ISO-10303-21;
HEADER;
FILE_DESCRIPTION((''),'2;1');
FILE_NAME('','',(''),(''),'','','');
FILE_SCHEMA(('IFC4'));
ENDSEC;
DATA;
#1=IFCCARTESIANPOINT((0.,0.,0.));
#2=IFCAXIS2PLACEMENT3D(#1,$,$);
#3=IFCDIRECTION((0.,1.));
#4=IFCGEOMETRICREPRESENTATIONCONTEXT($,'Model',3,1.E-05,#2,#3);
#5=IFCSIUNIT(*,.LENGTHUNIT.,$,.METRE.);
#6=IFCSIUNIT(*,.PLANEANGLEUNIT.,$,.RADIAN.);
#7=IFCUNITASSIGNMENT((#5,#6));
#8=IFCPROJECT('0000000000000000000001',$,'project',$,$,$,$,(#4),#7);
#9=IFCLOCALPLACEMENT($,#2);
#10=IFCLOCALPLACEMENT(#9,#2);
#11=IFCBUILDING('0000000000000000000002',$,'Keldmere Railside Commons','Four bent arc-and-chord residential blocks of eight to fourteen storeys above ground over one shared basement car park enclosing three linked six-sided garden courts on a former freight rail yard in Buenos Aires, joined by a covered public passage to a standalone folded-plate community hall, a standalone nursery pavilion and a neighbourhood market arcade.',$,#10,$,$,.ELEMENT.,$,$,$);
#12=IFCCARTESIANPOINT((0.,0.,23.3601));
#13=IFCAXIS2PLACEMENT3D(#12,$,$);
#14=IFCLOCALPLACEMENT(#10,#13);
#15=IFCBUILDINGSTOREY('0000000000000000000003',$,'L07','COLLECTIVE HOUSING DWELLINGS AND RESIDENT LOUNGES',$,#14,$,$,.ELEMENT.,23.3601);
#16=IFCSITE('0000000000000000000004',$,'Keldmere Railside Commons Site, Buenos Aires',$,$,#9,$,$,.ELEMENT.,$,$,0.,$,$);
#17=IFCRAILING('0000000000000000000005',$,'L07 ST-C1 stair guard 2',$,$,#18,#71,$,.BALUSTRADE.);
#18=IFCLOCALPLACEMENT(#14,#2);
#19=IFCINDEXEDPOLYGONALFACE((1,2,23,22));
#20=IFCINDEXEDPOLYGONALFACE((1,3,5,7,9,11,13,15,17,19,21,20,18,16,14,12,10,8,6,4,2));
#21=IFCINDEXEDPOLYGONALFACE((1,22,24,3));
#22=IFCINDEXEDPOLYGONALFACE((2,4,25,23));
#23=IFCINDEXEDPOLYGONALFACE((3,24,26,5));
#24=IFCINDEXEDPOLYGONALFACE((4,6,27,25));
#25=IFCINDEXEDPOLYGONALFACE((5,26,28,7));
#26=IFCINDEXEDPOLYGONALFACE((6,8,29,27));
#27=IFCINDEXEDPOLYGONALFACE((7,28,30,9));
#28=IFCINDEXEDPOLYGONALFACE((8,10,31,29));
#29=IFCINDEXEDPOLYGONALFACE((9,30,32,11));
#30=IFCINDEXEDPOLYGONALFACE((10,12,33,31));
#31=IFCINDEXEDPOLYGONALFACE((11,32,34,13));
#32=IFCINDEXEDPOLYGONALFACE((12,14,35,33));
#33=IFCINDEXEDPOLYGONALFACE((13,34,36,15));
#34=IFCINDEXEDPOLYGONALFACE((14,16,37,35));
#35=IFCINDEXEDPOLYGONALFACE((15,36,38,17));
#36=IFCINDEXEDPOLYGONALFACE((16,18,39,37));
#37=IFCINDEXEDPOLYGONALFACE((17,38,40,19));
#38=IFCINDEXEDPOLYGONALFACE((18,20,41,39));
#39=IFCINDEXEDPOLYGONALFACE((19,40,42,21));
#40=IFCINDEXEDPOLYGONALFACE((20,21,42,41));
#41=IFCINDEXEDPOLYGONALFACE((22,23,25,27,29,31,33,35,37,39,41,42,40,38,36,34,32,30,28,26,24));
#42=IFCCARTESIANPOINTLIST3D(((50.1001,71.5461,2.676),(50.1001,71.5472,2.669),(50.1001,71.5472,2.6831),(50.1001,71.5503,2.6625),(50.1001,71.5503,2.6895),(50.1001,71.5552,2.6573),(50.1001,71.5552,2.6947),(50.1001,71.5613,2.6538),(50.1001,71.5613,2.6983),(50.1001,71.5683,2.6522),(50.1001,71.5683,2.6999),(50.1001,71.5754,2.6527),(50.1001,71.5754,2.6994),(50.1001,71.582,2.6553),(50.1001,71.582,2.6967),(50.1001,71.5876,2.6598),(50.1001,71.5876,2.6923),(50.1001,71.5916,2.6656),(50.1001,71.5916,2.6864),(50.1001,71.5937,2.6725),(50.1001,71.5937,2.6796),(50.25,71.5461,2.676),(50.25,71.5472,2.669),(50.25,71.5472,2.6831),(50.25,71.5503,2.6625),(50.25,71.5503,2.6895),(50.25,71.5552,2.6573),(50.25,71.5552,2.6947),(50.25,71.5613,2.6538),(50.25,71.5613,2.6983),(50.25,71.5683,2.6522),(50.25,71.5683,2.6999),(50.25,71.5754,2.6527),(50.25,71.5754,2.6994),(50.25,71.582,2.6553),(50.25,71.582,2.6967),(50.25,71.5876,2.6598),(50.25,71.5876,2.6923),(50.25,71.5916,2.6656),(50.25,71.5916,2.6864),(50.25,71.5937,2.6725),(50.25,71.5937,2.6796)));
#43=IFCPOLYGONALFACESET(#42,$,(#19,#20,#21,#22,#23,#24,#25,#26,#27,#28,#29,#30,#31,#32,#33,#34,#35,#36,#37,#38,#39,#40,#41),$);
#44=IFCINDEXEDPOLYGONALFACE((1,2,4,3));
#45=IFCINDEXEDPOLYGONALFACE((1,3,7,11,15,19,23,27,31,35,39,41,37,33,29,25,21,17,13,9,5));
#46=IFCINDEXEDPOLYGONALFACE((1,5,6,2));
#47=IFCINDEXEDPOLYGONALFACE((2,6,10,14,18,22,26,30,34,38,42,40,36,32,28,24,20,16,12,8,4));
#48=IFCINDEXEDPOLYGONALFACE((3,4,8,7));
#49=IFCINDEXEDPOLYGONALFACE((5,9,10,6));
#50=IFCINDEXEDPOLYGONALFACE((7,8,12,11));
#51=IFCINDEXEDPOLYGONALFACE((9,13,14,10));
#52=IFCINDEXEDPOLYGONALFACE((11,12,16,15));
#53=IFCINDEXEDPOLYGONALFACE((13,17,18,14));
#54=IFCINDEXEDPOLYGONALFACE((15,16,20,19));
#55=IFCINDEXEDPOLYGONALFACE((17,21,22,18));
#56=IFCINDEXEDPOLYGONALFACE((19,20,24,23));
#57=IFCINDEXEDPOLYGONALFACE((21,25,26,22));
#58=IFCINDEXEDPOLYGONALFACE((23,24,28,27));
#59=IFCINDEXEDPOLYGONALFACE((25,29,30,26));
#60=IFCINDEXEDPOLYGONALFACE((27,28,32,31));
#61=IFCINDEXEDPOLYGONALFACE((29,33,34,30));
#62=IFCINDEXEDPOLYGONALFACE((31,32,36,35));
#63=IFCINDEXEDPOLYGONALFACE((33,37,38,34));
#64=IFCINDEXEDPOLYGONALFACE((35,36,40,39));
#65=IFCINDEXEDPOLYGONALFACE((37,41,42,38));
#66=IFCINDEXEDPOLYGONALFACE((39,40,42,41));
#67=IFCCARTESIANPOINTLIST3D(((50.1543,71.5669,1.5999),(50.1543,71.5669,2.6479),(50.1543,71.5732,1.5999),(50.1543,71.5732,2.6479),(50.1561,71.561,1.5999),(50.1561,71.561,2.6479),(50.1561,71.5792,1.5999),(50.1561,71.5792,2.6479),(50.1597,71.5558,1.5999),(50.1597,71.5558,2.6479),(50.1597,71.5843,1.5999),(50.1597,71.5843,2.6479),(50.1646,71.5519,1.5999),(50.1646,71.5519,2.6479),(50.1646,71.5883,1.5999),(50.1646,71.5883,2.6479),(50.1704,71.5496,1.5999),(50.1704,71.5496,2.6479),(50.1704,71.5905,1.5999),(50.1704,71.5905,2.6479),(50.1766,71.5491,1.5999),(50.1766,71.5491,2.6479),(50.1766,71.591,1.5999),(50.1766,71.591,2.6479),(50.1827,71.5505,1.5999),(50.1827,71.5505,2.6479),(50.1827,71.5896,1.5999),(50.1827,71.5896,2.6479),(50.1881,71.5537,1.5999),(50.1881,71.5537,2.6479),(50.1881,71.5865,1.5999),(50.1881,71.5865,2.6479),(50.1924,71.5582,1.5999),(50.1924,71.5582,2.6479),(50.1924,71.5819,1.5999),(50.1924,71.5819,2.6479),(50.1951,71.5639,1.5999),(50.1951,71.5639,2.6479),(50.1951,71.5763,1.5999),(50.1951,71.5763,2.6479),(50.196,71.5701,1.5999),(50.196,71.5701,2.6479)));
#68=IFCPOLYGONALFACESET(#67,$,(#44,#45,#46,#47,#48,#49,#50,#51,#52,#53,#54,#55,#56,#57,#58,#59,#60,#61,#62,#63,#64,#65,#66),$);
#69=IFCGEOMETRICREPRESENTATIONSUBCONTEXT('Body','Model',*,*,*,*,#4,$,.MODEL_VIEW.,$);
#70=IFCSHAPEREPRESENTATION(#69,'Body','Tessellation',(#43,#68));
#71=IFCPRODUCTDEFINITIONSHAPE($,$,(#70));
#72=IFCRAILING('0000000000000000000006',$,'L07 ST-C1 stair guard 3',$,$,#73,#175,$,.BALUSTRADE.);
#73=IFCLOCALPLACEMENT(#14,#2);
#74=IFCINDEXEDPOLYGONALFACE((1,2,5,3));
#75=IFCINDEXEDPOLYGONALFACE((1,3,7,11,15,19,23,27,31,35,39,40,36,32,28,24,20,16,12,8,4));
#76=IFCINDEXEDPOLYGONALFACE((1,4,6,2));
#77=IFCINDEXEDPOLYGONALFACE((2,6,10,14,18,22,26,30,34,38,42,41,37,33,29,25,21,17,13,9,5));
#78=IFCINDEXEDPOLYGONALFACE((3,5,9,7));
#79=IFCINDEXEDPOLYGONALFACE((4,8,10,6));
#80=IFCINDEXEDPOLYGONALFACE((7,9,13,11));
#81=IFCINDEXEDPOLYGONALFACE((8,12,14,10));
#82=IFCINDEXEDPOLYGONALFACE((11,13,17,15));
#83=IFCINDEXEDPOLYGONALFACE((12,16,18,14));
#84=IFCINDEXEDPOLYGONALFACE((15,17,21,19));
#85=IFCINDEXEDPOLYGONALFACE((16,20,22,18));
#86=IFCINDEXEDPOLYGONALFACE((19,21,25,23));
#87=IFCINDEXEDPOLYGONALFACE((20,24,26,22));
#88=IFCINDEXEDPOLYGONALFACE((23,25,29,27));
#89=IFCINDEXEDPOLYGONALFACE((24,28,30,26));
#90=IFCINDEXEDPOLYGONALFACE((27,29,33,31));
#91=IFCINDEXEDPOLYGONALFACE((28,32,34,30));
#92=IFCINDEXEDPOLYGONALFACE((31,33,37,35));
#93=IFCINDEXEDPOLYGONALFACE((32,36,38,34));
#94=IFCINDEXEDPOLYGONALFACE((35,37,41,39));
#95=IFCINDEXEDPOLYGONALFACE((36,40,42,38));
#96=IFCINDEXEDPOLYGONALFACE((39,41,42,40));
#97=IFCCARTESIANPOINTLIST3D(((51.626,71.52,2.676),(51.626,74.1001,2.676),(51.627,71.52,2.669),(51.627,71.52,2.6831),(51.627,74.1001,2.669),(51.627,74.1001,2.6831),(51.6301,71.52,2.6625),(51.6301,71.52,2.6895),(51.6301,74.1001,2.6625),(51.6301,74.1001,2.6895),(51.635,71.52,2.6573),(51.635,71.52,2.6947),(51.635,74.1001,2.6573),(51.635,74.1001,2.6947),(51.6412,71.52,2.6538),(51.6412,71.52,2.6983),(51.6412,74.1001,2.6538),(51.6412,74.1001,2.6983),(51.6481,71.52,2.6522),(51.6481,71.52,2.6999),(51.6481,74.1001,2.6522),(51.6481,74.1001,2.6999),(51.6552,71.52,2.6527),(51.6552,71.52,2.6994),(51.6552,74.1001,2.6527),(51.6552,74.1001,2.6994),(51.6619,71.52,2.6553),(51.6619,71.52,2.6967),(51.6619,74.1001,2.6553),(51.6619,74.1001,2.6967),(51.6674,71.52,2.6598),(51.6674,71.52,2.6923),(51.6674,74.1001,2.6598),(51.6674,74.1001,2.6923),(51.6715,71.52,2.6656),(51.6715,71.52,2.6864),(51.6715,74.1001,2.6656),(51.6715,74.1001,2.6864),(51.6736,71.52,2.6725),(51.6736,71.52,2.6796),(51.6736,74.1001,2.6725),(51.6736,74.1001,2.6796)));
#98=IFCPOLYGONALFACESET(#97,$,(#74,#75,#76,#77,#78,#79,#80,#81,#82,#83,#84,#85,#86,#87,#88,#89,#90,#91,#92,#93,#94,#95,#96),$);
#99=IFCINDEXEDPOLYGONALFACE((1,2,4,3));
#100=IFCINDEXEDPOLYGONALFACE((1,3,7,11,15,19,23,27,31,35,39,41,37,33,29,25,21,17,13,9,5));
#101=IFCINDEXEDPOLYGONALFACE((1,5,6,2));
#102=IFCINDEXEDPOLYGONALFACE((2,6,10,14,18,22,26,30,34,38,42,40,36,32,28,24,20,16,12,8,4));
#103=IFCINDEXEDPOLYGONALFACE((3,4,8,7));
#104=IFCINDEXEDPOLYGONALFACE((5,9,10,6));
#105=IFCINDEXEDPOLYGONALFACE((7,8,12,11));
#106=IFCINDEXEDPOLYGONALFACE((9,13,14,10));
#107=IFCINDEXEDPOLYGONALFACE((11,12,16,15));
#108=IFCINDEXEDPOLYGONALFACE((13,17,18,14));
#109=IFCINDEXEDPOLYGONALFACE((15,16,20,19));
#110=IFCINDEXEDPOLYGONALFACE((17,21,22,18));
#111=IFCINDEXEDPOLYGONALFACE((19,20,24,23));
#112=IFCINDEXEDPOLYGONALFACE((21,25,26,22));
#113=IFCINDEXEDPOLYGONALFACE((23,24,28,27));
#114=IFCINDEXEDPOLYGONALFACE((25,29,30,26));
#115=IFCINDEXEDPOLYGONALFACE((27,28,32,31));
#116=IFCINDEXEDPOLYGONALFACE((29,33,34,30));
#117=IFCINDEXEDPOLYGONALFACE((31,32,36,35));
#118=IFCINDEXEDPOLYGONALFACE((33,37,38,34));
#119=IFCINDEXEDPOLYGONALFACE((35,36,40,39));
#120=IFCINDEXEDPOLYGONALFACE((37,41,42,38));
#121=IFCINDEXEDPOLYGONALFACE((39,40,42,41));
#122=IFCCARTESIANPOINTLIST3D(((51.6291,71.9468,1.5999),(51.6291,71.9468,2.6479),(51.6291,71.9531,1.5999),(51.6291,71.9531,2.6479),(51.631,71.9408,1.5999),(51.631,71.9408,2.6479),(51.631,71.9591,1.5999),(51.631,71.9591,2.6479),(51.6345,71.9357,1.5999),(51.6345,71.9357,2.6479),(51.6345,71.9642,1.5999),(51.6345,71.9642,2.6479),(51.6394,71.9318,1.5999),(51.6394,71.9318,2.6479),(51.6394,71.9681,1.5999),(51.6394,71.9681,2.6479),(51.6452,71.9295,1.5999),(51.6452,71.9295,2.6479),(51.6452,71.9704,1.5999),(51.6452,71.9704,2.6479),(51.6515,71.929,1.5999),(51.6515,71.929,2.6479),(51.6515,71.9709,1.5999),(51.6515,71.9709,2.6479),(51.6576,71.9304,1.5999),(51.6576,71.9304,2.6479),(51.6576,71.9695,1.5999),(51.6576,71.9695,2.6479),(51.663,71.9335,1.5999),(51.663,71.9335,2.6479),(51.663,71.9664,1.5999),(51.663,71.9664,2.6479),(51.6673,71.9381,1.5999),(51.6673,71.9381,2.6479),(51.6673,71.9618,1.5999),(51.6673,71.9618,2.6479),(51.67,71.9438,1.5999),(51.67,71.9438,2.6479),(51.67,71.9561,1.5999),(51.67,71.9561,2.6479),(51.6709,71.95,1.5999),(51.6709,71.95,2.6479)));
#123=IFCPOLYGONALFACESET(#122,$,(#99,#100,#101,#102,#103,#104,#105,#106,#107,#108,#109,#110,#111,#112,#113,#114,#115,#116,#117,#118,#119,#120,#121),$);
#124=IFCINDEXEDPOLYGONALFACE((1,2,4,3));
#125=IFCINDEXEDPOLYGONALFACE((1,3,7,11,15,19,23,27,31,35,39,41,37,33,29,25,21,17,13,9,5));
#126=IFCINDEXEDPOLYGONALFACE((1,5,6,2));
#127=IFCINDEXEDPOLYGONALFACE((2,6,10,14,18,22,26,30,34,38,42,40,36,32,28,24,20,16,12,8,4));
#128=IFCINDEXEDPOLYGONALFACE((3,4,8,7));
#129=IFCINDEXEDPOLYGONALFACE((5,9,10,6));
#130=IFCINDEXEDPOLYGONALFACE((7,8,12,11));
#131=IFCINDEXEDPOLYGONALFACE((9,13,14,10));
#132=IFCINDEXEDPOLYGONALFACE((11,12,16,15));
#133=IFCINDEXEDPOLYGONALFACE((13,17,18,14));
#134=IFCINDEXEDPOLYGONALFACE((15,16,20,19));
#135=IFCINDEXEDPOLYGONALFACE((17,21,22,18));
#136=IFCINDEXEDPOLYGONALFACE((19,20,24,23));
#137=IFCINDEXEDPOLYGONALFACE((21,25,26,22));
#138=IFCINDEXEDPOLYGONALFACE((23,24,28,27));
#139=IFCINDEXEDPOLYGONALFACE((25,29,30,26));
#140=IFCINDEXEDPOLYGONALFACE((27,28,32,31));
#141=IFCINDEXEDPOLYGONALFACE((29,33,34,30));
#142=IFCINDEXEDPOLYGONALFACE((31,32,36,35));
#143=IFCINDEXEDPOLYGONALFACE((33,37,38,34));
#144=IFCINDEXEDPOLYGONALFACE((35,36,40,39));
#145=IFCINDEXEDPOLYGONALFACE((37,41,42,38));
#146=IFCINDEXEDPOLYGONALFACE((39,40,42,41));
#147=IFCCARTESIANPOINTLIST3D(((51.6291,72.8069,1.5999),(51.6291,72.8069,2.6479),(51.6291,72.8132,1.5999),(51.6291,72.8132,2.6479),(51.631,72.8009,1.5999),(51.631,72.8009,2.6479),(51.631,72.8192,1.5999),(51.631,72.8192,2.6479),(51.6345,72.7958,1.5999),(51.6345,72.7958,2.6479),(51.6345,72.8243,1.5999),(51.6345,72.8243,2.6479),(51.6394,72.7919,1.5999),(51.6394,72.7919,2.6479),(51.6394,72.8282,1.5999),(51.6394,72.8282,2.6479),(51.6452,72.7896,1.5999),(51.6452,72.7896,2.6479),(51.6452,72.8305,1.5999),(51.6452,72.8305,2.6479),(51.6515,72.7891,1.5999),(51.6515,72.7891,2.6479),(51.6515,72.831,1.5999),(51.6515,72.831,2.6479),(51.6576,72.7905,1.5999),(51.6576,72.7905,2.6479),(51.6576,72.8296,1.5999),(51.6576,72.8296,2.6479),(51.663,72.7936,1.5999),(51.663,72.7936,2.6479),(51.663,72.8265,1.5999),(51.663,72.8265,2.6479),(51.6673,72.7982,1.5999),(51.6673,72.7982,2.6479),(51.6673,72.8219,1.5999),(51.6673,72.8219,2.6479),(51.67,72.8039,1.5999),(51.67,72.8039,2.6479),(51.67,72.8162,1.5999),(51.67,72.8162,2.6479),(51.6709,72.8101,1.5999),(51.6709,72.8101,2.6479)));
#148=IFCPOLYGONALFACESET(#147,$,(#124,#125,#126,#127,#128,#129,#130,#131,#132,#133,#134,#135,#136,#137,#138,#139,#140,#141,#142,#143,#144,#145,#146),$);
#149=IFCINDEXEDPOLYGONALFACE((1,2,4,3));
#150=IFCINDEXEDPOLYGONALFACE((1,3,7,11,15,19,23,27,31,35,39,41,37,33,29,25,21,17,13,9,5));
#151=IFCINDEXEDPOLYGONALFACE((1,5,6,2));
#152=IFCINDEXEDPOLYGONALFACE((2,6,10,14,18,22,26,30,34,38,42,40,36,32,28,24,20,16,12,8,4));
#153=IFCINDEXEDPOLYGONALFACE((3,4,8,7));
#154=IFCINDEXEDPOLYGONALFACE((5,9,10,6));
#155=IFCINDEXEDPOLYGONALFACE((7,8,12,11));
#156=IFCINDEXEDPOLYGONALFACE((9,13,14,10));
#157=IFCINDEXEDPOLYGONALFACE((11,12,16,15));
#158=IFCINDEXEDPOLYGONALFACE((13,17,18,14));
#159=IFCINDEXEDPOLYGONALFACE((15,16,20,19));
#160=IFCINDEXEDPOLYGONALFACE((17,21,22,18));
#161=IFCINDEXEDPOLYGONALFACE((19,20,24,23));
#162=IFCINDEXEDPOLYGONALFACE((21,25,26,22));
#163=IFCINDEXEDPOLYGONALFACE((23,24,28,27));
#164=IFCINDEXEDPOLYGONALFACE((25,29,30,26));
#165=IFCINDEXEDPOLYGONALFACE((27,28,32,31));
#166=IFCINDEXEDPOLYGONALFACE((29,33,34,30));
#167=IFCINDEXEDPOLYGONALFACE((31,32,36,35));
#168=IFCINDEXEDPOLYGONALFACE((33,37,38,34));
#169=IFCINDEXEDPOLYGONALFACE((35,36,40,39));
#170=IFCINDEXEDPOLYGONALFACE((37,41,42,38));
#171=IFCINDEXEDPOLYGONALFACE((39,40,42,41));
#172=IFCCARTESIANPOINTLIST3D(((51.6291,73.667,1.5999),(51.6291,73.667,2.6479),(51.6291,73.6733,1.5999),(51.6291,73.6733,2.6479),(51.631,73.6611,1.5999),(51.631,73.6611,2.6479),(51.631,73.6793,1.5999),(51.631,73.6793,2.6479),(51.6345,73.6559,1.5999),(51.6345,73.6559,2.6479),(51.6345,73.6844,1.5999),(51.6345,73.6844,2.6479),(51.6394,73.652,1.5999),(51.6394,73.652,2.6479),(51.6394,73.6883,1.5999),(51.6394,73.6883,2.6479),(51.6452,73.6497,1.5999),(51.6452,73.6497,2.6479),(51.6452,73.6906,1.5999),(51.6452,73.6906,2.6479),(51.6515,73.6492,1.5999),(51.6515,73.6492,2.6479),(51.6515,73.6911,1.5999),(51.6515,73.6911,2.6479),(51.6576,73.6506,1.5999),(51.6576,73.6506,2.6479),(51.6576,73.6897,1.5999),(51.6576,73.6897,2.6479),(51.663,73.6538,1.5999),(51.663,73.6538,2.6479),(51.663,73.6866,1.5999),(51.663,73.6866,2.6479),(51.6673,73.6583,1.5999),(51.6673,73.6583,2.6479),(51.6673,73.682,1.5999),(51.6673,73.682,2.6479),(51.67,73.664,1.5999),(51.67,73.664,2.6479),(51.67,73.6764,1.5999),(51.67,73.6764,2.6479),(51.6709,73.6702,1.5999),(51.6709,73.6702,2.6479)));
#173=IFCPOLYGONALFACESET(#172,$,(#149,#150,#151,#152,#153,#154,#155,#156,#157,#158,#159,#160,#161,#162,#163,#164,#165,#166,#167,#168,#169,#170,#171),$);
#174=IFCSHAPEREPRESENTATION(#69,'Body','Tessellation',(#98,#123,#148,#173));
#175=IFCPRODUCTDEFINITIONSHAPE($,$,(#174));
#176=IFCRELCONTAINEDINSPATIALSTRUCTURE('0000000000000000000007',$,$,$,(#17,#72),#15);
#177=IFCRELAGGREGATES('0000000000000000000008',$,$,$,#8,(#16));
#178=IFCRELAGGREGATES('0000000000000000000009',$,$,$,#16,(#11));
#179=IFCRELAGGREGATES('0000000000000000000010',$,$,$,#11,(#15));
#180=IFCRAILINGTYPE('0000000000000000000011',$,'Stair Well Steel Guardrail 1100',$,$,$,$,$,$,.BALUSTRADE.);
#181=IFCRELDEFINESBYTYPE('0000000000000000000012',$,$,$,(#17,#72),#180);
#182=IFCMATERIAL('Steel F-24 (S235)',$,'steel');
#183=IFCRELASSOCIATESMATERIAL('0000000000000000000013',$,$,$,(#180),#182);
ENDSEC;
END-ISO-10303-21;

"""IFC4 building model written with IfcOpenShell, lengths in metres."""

from ifc_helpers import new_model, si_unit, direction, frame, origin, origin_2d, place, context, subcontext, project, spatial, circle, extrude, material, type_object, element, save


model = new_model("IFC4")

# Units and contexts
model_context = context("Model", 3, precision=1e-05, world=origin(), true_north=direction((0.0, 1.0)))
body_context = subcontext(model_context, "Body", "Model", "MODEL_VIEW")
ifc_project = project(units=[si_unit("LENGTHUNIT", "METRE"), si_unit("PLANEANGLEUNIT", "RADIAN")], contexts=[model_context])

# Site, building, storey
site_placement = place(None, origin())
site = spatial("IfcSite", under=ifc_project, at=site_placement, Name="Keldmere Railside Commons Site, Buenos Aires", CompositionType="ELEMENT", RefElevation=0.0)
building_placement = place(site_placement, origin())
building = spatial("IfcBuilding", under=site, at=building_placement, Name="Keldmere Railside Commons", Description="Four bent arc-and-chord residential blocks of eight to fourteen storeys above ground over one shared basement car park enclosing three linked six-sided garden courts on a former freight rail yard in Buenos Aires, joined by a covered public passage to a standalone folded-plate community hall, a standalone nursery pavilion and a neighbourhood market arcade.", CompositionType="ELEMENT")
storey_placement = place(building_placement, frame((0.0, 0.0, 23.3601)))
storey = spatial("IfcBuildingStorey", under=building, at=storey_placement, Name="L07", Description="COLLECTIVE HOUSING DWELLINGS AND RESIDENT LOUNGES", CompositionType="ELEMENT", Elevation=23.3601)

# Shared definitions
ifc_material_1 = material(Name="Steel F-24 (S235)", Category="steel")

# Railings
railing_type_1 = type_object("IfcRailingType", Name="Stair Well Steel Guardrail 1100", PredefinedType="BALUSTRADE", material=ifc_material_1)
railing_1_placement = place(storey_placement, frame((50.25, 71.5701, 1.5999)))
element("IfcRailing", 1, at=railing_1_placement, inside=storey, type_object=railing_type_1, Name="L07 ST-C1 stair guard 2", PredefinedType="BALUSTRADE", context=body_context, shape_type="SweptSolid", body=[
    extrude(circle(Radius=0.0239, at=origin_2d()), frame((0.0, 0.0, 1.0762), z_axis=(-1.0, 0.0, 0.0), x_axis=(0.0, -1.0, 0.0)), (0.0, 0.0, 1.0), 0.1499),
    extrude(circle(Radius=0.021, at=origin_2d()), frame((-0.075, 0.0, 0.0)), (0.0, 0.0, 1.0), 1.0481),
])
for number, where, name in (
    (2, (51.6499, 71.52, 1.5999), "L07 ST-C1 stair guard 3"),
):
    element("IfcRailing", number, at=place(storey_placement, frame(where)), inside=storey, type_object=railing_type_1, Name=name, PredefinedType="BALUSTRADE", context=body_context, shape_type="SweptSolid", body=[
        extrude(circle(Radius=0.0239, at=origin_2d()), frame((0.0, 0.0, 1.0762), z_axis=(0.0, 1.0, 0.0), x_axis=(-1.0, 0.0, 0.0)), (0.0, 0.0, 1.0), 2.5801),
        extrude(circle(Radius=0.021, at=origin_2d()), frame((0.0, 0.4299, 0.0)), (0.0, 0.0, 1.0), 1.0481),
        extrude(circle(Radius=0.021, at=origin_2d()), frame((0.0, 1.29, 0.0)), (0.0, 0.0, 1.0), 1.0481),
        extrude(circle(Radius=0.021, at=origin_2d()), frame((0.0, 2.1501, 0.0)), (0.0, 0.0, 1.0), 1.0481),
    ])

save(model, "model.ifc")
